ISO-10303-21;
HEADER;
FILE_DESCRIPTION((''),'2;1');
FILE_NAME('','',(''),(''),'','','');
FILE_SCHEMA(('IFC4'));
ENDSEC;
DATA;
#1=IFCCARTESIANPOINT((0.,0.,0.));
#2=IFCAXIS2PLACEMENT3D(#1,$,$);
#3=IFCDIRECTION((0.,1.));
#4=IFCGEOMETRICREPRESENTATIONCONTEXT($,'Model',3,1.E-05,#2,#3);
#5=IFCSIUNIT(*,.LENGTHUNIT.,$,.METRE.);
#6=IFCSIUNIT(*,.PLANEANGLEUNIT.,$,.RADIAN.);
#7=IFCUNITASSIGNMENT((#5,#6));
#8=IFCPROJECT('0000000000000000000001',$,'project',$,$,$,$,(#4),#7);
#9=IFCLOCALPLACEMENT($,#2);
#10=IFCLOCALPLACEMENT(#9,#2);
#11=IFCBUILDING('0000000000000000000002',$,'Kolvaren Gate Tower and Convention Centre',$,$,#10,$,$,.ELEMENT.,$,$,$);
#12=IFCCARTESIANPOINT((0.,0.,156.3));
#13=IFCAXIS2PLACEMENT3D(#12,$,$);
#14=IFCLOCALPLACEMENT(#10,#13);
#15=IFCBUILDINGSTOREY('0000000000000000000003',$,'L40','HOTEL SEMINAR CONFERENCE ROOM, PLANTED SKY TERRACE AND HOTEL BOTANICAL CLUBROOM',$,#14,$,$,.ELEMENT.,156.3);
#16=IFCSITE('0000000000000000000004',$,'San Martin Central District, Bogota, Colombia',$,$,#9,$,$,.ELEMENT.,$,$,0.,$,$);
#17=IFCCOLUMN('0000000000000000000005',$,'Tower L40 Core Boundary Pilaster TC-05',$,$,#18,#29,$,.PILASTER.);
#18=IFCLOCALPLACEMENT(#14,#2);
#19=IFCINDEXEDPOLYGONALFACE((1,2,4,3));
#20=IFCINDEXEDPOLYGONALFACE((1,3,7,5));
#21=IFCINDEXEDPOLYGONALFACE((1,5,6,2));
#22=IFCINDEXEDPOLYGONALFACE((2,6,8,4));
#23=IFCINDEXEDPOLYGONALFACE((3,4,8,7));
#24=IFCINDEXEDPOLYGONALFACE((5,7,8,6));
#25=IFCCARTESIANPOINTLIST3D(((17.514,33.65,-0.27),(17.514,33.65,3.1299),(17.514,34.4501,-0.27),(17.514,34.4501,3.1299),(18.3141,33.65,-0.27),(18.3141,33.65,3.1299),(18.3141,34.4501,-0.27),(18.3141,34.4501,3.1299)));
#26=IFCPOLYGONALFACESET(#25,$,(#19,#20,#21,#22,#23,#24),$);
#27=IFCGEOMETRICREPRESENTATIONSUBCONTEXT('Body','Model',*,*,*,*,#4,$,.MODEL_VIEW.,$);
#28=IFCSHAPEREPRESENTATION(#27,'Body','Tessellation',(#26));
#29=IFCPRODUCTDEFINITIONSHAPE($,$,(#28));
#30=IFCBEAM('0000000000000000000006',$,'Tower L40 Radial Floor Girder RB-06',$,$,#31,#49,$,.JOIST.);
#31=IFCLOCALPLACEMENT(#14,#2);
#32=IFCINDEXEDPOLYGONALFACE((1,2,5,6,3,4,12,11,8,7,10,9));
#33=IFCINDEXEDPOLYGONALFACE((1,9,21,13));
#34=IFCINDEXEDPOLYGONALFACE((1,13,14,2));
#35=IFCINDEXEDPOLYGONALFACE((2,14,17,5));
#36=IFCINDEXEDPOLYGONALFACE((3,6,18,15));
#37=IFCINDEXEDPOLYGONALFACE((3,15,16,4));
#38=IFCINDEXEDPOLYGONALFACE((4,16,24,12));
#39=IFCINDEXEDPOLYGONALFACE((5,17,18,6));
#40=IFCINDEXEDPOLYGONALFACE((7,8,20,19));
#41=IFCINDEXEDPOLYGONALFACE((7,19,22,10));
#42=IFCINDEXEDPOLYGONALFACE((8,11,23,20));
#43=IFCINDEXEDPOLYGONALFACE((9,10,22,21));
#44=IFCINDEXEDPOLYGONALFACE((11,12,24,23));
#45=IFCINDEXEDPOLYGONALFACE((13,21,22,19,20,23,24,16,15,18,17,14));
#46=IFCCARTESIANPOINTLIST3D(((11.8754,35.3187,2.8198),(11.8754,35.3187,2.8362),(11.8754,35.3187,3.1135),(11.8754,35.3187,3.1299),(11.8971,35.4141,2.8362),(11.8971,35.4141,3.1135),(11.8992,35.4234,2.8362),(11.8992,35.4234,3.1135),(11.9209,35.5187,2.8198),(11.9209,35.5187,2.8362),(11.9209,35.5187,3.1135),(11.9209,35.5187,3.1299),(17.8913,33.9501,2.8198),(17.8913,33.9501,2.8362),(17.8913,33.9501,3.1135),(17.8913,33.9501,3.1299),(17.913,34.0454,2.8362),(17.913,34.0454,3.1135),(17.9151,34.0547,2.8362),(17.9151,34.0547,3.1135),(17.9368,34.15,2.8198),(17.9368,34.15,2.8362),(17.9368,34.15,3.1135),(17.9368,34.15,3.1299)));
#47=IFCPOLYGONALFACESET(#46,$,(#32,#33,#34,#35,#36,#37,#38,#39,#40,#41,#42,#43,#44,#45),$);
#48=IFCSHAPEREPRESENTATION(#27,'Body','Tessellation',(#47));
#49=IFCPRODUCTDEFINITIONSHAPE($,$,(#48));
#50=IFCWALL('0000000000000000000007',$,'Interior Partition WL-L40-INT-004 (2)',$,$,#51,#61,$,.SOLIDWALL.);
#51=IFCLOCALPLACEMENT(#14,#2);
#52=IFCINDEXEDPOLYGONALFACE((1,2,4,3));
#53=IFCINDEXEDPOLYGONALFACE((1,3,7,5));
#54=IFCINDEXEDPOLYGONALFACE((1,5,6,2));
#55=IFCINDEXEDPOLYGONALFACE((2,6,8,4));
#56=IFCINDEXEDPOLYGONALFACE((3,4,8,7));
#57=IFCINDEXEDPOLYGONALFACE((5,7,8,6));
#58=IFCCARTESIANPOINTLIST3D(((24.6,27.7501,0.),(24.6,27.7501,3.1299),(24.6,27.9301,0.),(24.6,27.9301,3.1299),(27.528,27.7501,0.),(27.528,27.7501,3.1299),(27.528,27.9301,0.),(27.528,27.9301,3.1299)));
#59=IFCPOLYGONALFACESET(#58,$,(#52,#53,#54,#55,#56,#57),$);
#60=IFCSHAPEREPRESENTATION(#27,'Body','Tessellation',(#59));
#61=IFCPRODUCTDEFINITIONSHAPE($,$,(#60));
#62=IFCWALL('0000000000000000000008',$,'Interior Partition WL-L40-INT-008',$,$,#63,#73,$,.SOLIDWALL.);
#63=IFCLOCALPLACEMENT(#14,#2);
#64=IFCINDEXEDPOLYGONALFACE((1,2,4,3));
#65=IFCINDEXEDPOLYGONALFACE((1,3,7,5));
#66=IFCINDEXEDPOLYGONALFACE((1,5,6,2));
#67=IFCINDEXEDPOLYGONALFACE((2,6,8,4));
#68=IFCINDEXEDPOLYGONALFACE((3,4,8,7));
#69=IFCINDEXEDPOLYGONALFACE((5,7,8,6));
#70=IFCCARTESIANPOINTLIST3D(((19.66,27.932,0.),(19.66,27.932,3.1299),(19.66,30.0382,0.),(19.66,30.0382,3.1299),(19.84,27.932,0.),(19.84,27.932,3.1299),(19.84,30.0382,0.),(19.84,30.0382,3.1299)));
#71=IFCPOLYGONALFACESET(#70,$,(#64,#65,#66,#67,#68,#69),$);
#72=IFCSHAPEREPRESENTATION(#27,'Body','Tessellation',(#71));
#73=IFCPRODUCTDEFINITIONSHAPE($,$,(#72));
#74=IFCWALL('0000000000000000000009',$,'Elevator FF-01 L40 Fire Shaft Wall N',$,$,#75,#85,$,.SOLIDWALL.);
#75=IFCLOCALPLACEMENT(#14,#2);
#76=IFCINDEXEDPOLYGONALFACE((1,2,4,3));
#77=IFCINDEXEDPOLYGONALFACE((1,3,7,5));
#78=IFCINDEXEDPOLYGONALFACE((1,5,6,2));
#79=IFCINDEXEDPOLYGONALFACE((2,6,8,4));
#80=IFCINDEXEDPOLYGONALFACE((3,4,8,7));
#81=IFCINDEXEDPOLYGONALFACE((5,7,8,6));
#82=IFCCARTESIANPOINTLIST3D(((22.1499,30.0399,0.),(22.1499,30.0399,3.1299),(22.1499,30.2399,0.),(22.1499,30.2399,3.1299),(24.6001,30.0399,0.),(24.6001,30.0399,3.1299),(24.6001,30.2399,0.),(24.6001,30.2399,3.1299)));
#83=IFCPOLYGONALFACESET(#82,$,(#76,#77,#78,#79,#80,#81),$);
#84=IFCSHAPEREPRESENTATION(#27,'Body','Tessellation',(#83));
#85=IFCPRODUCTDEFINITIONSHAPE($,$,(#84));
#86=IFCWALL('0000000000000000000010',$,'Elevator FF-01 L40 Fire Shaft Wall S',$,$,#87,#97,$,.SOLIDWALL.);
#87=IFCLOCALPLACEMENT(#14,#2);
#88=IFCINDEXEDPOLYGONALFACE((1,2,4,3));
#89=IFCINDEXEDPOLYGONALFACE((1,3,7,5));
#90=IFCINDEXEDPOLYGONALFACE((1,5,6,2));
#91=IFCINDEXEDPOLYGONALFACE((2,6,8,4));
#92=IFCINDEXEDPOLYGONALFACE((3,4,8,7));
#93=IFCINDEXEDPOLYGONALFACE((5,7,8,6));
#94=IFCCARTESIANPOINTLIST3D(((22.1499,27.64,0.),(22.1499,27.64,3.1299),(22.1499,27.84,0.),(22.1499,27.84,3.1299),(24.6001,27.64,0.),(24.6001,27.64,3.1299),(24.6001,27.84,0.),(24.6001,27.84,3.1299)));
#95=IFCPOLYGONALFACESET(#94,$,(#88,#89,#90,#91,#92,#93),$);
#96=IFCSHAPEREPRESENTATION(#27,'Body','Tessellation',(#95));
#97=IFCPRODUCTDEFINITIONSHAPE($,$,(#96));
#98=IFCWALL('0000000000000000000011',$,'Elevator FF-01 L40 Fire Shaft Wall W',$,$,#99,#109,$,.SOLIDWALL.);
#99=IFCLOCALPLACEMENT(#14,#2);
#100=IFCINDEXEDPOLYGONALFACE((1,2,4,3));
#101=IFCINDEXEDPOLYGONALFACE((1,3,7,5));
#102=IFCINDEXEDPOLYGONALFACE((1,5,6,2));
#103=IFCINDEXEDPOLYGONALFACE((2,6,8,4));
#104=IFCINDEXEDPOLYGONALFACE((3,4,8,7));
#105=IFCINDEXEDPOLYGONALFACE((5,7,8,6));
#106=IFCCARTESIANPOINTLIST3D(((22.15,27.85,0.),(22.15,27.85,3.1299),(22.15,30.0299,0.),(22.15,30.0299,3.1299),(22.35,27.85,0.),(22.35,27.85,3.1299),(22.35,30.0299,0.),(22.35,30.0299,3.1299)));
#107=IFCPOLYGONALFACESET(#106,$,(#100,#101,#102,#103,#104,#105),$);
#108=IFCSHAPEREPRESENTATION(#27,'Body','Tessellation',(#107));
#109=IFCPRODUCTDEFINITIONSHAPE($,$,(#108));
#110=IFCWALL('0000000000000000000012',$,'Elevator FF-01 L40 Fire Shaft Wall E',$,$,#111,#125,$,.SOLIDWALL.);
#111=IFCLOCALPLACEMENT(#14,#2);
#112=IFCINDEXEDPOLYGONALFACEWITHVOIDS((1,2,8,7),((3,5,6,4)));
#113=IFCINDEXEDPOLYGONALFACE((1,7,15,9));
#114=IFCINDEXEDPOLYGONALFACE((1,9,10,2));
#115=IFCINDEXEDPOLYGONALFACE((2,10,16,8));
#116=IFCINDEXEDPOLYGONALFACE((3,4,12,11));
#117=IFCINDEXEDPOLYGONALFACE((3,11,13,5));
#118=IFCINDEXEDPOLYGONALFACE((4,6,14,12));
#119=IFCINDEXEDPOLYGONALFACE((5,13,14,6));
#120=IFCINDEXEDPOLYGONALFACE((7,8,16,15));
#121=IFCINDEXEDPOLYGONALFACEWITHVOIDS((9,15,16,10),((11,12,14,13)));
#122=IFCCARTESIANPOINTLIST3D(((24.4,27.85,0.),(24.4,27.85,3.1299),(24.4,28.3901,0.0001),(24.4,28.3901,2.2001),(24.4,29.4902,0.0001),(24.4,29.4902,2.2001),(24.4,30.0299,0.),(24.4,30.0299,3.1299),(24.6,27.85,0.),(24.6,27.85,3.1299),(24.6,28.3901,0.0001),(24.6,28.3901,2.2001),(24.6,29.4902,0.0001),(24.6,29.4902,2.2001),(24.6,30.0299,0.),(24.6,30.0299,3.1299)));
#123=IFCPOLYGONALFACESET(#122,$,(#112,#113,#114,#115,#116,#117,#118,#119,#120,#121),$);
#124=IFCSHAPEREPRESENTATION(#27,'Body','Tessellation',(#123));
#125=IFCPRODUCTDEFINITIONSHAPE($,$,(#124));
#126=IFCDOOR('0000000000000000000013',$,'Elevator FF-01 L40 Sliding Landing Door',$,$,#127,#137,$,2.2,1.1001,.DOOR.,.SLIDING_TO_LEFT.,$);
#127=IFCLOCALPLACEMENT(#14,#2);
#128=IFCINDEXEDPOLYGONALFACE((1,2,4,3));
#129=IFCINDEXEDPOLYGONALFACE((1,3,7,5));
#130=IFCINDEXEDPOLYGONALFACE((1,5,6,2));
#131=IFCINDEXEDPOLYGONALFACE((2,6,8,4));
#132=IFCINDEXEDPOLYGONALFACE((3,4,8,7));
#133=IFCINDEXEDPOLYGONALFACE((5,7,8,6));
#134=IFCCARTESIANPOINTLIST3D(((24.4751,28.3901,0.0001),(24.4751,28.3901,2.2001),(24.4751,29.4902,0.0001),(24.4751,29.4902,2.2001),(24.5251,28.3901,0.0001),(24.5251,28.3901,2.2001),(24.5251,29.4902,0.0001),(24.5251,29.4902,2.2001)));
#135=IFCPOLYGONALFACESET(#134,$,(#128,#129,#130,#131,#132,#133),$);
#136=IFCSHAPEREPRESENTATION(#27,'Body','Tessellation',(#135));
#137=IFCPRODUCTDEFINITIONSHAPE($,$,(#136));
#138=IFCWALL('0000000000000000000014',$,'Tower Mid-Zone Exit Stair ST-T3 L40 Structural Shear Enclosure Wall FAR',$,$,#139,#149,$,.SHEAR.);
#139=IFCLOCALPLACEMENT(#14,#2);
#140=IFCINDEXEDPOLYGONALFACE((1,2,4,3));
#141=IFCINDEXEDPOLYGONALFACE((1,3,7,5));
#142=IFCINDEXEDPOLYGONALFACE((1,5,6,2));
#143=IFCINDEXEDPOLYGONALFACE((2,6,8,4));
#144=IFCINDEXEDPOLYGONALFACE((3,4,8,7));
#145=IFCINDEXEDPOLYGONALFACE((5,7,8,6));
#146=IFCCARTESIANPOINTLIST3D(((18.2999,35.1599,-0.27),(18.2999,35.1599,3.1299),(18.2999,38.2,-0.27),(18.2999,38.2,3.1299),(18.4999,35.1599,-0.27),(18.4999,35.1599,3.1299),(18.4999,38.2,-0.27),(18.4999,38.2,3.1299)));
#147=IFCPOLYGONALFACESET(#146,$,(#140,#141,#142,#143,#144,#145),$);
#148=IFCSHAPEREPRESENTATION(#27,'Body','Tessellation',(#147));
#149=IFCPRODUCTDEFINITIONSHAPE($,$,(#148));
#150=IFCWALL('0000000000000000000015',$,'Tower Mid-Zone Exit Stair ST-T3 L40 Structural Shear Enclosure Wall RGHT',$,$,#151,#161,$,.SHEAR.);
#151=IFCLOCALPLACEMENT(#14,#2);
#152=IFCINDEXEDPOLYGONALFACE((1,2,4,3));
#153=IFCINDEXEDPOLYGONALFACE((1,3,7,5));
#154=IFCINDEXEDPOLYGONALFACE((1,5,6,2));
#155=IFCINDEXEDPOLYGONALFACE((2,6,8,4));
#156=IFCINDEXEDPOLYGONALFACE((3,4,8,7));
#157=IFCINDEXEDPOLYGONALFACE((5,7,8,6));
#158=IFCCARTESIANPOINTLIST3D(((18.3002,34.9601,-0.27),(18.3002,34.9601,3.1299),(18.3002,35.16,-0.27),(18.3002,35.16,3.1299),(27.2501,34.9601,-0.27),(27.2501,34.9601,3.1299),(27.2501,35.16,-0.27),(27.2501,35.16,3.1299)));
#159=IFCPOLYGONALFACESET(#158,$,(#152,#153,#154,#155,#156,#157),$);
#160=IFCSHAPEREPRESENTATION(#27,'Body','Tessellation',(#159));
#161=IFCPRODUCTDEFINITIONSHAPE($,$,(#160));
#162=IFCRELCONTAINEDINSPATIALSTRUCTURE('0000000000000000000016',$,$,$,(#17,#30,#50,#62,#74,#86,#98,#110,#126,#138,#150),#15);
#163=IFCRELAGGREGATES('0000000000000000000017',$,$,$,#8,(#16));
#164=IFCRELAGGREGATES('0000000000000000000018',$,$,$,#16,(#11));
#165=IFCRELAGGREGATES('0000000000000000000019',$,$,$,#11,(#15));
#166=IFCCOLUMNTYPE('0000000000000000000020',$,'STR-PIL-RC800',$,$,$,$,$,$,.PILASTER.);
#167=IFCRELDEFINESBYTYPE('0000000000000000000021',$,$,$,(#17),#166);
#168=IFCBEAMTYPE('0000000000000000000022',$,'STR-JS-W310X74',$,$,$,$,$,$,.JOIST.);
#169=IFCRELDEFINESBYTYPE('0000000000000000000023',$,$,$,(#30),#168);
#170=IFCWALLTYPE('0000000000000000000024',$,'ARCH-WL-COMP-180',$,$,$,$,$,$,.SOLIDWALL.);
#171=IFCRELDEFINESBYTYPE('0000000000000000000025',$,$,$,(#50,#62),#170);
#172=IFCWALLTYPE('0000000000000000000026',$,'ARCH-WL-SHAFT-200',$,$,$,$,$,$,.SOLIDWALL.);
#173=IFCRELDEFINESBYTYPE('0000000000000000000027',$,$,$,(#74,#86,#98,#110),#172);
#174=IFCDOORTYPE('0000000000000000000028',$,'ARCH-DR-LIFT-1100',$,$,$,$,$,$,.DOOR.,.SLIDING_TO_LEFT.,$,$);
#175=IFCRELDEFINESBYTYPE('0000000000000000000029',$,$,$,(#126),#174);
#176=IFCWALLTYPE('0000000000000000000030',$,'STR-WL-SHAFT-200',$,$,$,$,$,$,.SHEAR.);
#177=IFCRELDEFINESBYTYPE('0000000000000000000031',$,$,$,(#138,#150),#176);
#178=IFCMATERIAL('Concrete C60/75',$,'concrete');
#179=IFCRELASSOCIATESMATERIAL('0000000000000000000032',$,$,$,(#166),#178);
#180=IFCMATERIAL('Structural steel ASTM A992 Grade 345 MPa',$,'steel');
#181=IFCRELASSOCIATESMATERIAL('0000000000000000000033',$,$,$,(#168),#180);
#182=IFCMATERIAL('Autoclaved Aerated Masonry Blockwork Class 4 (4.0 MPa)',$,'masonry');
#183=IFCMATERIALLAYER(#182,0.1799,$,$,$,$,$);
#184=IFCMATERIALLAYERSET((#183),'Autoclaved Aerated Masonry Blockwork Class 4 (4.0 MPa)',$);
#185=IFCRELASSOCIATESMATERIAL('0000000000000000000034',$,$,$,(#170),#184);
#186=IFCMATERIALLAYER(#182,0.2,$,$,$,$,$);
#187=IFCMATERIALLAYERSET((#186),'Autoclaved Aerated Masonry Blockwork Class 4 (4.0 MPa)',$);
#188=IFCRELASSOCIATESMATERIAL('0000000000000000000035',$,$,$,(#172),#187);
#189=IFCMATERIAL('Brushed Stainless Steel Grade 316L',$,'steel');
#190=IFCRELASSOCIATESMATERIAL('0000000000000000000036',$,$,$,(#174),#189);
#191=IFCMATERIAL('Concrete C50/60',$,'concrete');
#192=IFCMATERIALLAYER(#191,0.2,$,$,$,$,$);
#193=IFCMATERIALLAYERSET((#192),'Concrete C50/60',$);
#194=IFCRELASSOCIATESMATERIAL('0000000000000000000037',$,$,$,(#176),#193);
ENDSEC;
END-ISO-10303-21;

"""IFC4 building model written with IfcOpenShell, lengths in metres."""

from ifc_helpers import new_model, si_unit, direction, frame, frame_2d, origin, origin_2d, place, context, subcontext, project, spatial, rectangle, i_section, extrude, material, layer, layer_set, material_profile, profile_set, type_object, element, fill, save


model = new_model("IFC4")

# Units and contexts
model_context = context("Model", 3, precision=1e-05, world=origin(), true_north=direction((0.0, 1.0)))
body_context = subcontext(model_context, "Body", "Model", "MODEL_VIEW")
ifc_project = project(units=[si_unit("LENGTHUNIT", "METRE"), si_unit("PLANEANGLEUNIT", "RADIAN")], contexts=[model_context])

# Site, building, storey
site_placement = place(None, origin())
site = spatial("IfcSite", under=ifc_project, at=site_placement, Name="San Martin Central District, Bogota, Colombia", CompositionType="ELEMENT", RefElevation=0.0)
building_placement = place(site_placement, origin())
building = spatial("IfcBuilding", under=site, at=building_placement, Name="Kolvaren Gate Tower and Convention Centre", CompositionType="ELEMENT")
storey_placement = place(building_placement, frame((0.0, 0.0, 156.3)))
storey = spatial("IfcBuildingStorey", under=building, at=storey_placement, Name="L40", Description="HOTEL SEMINAR CONFERENCE ROOM, PLANTED SKY TERRACE AND HOTEL BOTANICAL CLUBROOM", CompositionType="ELEMENT", Elevation=156.3)

# Column
ifc_material_1 = material(Name="Concrete C60/75", Category="concrete")
ifc_material_profile_1 = material_profile(ifc_material_1, rectangle(XDim=0.8, YDim=0.8, at=origin_2d()), Name="RC-COL-800X800")
ifc_profile_set_1 = profile_set([ifc_material_profile_1], Name="Concrete C60/75")
column_type = type_object("IfcColumnType", Name="STR-PIL-RC800", PredefinedType="PILASTER", material=ifc_profile_set_1)
column_placement = place(storey_placement, frame((17.9141, 34.05, -0.27), z_axis=(0.0, 0.0, 1.0), x_axis=(1.0, 0.0, 0.0)))
element("IfcColumn", 1, at=column_placement, inside=storey, type_object=column_type, Name="Tower L40 Core Boundary Pilaster TC-05", PredefinedType="PILASTER", context=body_context, shape_type="SweptSolid", body=[
    extrude(rectangle(XDim=0.8, YDim=0.8, at=origin_2d()), origin(), (0.0, 0.0, 1.0), 3.3999),
])

# Beam
ifc_material_2 = material(Name="Structural steel ASTM A992 Grade 345 MPa", Category="steel")
ifc_material_profile_2 = material_profile(ifc_material_2, i_section(OverallWidth=0.2051, OverallDepth=0.3101, WebThickness=0.0095, FlangeThickness=0.0164, at=origin_2d()), Name="W310X74")
ifc_profile_set_2 = profile_set([ifc_material_profile_2], Name="Structural steel ASTM A992 Grade 345 MPa")
beam_type = type_object("IfcBeamType", Name="STR-JS-W310X74", PredefinedType="JOIST", material=ifc_profile_set_2)
beam_placement = place(storey_placement, frame((17.9141, 34.05, 2.9749), z_axis=(-0.975083, 0.221838, 0.0), x_axis=(-0.221838, -0.975083, 0.0)))
element("IfcBeam", 2, at=beam_placement, inside=storey, type_object=beam_type, Name="Tower L40 Radial Floor Girder RB-06", PredefinedType="JOIST", context=body_context, shape_type="SweptSolid", body=[
    extrude(i_section(OverallWidth=0.2051, OverallDepth=0.3101, WebThickness=0.0095, FlangeThickness=0.0164, at=origin_2d()), origin(), (0.0, 0.0, 1.0), 6.1697),
])

# Walls
ifc_material_3 = material(Name="Autoclaved Aerated Masonry Blockwork Class 4 (4.0 MPa)", Category="masonry")
ifc_layer_1 = layer(ifc_material_3, 0.1799)
ifc_layer_set_1 = layer_set([ifc_layer_1], Name="Autoclaved Aerated Masonry Blockwork Class 4 (4.0 MPa)")
wall_type_1 = type_object("IfcWallType", Name="ARCH-WL-COMP-180", PredefinedType="SOLIDWALL", material=ifc_layer_set_1)
wall_1_placement = place(storey_placement, frame((24.6001, 27.8401, 0.0), z_axis=(0.0, 0.0, 1.0), x_axis=(1.0, 0.0, 0.0)))
element("IfcWall", 3, at=wall_1_placement, inside=storey, type_object=wall_type_1, Name="Interior Partition WL-L40-INT-004 (2)", PredefinedType="SOLIDWALL", context=body_context, shape_type="SweptSolid", body=[
    extrude(rectangle(XDim=2.928, YDim=0.1799, at=frame_2d((1.4639, 0.0))), origin(), (0.0, 0.0, 1.0), 3.1299),
])
wall_2_placement = place(storey_placement, frame((19.75, 27.9319, 0.0), z_axis=(0.0, 0.0, 1.0), x_axis=(0.0, 1.0, 0.0)))
element("IfcWall", 4, at=wall_2_placement, inside=storey, type_object=wall_type_1, Name="Interior Partition WL-L40-INT-008", PredefinedType="SOLIDWALL", context=body_context, shape_type="SweptSolid", body=[
    extrude(rectangle(XDim=2.1062, YDim=0.1799, at=frame_2d((1.0532, 0.0))), origin(), (0.0, 0.0, 1.0), 3.1299),
])
ifc_layer_2 = layer(ifc_material_3, 0.2)
ifc_layer_set_2 = layer_set([ifc_layer_2], Name="Autoclaved Aerated Masonry Blockwork Class 4 (4.0 MPa)")
wall_type_2 = type_object("IfcWallType", Name="ARCH-WL-SHAFT-200", PredefinedType="SOLIDWALL", material=ifc_layer_set_2)
for number, where, z_axis, x_axis, name in (
    (5, (22.1499, 30.1399, 0.0), (0.0, 0.0, 1.0), (1.0, 0.0, 0.0), "Elevator FF-01 L40 Fire Shaft Wall N"),
    (6, (22.1499, 27.74, 0.0), (0.0, 0.0, 1.0), (1.0, 0.0, 0.0), "Elevator FF-01 L40 Fire Shaft Wall S"),
):
    element("IfcWall", number, at=place(storey_placement, frame(where, z_axis=z_axis, x_axis=x_axis)), inside=storey, type_object=wall_type_2, Name=name, PredefinedType="SOLIDWALL", context=body_context, shape_type="SweptSolid", body=[
        extrude(rectangle(XDim=2.4502, YDim=0.2, at=frame_2d((1.2251, 0.0))), origin(), (0.0, 0.0, 1.0), 3.1299),
    ])
wall_3_placement = place(storey_placement, frame((22.25, 27.8501, 0.0), z_axis=(0.0, 0.0, 1.0), x_axis=(0.0, 1.0, 0.0)))
element("IfcWall", 7, at=wall_3_placement, inside=storey, type_object=wall_type_2, Name="Elevator FF-01 L40 Fire Shaft Wall W", PredefinedType="SOLIDWALL", context=body_context, shape_type="SweptSolid", body=[
    extrude(rectangle(XDim=2.1799, YDim=0.2, at=frame_2d((1.0898, 0.0))), origin(), (0.0, 0.0, 1.0), 3.1299),
])

# Wall, opening, door
wall_4_placement = place(storey_placement, frame((24.5, 27.8501, 0.0), z_axis=(0.0, 0.0, 1.0), x_axis=(0.0, 1.0, 0.0)))
wall_4 = element("IfcWall", 8, at=wall_4_placement, inside=storey, type_object=wall_type_2, Name="Elevator FF-01 L40 Fire Shaft Wall E", PredefinedType="SOLIDWALL", context=body_context, shape_type="SweptSolid", body=[
    extrude(rectangle(XDim=2.1799, YDim=0.2, at=frame_2d((1.0898, 0.0))), origin(), (0.0, 0.0, 1.0), 3.1299),
])
opening_placement = place(wall_4_placement, frame((0.54, 0.0, 0.0)))
opening = element("IfcOpeningElement", 9, at=opening_placement, cuts=wall_4, PredefinedType="OPENING", context=body_context, shape_type="SweptSolid", body=[
    extrude(rectangle(XDim=1.1001, YDim=2.2, at=frame_2d((0.55, 1.1001))), frame((0.0, 0.1099, 0.0), z_axis=(0.0, -1.0, 0.0), x_axis=(1.0, 0.0, 0.0)), (0.0, 0.0, 1.0), 0.22),
])
ifc_material_4 = material(Name="Brushed Stainless Steel Grade 316L", Category="steel")
door_type = type_object("IfcDoorType", Name="ARCH-DR-LIFT-1100", OperationType="SLIDING_TO_LEFT", PredefinedType="DOOR", material=ifc_material_4)
door_placement = place(opening_placement, origin())
door = element("IfcDoor", 10, at=door_placement, inside=storey, type_object=door_type, Name="Elevator FF-01 L40 Sliding Landing Door", OperationType="SLIDING_TO_LEFT", OverallHeight=2.2, OverallWidth=1.1001, PredefinedType="DOOR", context=body_context, shape_type="SweptSolid", body=[
    extrude(rectangle(XDim=1.1001, YDim=2.2, at=frame_2d((0.55, 1.1001))), frame((0.0, 0.0249, 0.0), z_axis=(0.0, -1.0, 0.0), x_axis=(1.0, 0.0, 0.0)), (0.0, 0.0, 1.0), 0.05),
])
fill(opening, door)

# Walls
ifc_material_5 = material(Name="Concrete C50/60", Category="concrete")
ifc_layer_3 = layer(ifc_material_5, 0.2)
ifc_layer_set_3 = layer_set([ifc_layer_3], Name="Concrete C50/60")
wall_type_3 = type_object("IfcWallType", Name="STR-WL-SHAFT-200", PredefinedType="SHEAR", material=ifc_layer_set_3)
wall_5_placement = place(storey_placement, frame((18.3999, 35.1599, -0.27), z_axis=(0.0, 0.0, 1.0), x_axis=(0.0, 1.0, 0.0)))
element("IfcWall", 11, at=wall_5_placement, inside=storey, type_object=wall_type_3, Name="Tower Mid-Zone Exit Stair ST-T3 L40 Structural Shear Enclosure Wall FAR", PredefinedType="SHEAR", context=body_context, shape_type="SweptSolid", body=[
    extrude(rectangle(XDim=3.04, YDim=0.2, at=frame_2d((1.52, 0.0))), origin(), (0.0, 0.0, 1.0), 3.3999),
])
wall_6_placement = place(storey_placement, frame((18.3, 35.0601, -0.27), z_axis=(0.0, 0.0, 1.0), x_axis=(1.0, 0.0, 0.0)))
element("IfcWall", 12, at=wall_6_placement, inside=storey, type_object=wall_type_3, Name="Tower Mid-Zone Exit Stair ST-T3 L40 Structural Shear Enclosure Wall RGHT", PredefinedType="SHEAR", context=body_context, shape_type="SweptSolid", body=[
    extrude(rectangle(XDim=8.95, YDim=0.2, at=frame_2d((4.4751, 0.0))), origin(), (0.0, 0.0, 1.0), 3.3999),
])

save(model, "model.ifc")
